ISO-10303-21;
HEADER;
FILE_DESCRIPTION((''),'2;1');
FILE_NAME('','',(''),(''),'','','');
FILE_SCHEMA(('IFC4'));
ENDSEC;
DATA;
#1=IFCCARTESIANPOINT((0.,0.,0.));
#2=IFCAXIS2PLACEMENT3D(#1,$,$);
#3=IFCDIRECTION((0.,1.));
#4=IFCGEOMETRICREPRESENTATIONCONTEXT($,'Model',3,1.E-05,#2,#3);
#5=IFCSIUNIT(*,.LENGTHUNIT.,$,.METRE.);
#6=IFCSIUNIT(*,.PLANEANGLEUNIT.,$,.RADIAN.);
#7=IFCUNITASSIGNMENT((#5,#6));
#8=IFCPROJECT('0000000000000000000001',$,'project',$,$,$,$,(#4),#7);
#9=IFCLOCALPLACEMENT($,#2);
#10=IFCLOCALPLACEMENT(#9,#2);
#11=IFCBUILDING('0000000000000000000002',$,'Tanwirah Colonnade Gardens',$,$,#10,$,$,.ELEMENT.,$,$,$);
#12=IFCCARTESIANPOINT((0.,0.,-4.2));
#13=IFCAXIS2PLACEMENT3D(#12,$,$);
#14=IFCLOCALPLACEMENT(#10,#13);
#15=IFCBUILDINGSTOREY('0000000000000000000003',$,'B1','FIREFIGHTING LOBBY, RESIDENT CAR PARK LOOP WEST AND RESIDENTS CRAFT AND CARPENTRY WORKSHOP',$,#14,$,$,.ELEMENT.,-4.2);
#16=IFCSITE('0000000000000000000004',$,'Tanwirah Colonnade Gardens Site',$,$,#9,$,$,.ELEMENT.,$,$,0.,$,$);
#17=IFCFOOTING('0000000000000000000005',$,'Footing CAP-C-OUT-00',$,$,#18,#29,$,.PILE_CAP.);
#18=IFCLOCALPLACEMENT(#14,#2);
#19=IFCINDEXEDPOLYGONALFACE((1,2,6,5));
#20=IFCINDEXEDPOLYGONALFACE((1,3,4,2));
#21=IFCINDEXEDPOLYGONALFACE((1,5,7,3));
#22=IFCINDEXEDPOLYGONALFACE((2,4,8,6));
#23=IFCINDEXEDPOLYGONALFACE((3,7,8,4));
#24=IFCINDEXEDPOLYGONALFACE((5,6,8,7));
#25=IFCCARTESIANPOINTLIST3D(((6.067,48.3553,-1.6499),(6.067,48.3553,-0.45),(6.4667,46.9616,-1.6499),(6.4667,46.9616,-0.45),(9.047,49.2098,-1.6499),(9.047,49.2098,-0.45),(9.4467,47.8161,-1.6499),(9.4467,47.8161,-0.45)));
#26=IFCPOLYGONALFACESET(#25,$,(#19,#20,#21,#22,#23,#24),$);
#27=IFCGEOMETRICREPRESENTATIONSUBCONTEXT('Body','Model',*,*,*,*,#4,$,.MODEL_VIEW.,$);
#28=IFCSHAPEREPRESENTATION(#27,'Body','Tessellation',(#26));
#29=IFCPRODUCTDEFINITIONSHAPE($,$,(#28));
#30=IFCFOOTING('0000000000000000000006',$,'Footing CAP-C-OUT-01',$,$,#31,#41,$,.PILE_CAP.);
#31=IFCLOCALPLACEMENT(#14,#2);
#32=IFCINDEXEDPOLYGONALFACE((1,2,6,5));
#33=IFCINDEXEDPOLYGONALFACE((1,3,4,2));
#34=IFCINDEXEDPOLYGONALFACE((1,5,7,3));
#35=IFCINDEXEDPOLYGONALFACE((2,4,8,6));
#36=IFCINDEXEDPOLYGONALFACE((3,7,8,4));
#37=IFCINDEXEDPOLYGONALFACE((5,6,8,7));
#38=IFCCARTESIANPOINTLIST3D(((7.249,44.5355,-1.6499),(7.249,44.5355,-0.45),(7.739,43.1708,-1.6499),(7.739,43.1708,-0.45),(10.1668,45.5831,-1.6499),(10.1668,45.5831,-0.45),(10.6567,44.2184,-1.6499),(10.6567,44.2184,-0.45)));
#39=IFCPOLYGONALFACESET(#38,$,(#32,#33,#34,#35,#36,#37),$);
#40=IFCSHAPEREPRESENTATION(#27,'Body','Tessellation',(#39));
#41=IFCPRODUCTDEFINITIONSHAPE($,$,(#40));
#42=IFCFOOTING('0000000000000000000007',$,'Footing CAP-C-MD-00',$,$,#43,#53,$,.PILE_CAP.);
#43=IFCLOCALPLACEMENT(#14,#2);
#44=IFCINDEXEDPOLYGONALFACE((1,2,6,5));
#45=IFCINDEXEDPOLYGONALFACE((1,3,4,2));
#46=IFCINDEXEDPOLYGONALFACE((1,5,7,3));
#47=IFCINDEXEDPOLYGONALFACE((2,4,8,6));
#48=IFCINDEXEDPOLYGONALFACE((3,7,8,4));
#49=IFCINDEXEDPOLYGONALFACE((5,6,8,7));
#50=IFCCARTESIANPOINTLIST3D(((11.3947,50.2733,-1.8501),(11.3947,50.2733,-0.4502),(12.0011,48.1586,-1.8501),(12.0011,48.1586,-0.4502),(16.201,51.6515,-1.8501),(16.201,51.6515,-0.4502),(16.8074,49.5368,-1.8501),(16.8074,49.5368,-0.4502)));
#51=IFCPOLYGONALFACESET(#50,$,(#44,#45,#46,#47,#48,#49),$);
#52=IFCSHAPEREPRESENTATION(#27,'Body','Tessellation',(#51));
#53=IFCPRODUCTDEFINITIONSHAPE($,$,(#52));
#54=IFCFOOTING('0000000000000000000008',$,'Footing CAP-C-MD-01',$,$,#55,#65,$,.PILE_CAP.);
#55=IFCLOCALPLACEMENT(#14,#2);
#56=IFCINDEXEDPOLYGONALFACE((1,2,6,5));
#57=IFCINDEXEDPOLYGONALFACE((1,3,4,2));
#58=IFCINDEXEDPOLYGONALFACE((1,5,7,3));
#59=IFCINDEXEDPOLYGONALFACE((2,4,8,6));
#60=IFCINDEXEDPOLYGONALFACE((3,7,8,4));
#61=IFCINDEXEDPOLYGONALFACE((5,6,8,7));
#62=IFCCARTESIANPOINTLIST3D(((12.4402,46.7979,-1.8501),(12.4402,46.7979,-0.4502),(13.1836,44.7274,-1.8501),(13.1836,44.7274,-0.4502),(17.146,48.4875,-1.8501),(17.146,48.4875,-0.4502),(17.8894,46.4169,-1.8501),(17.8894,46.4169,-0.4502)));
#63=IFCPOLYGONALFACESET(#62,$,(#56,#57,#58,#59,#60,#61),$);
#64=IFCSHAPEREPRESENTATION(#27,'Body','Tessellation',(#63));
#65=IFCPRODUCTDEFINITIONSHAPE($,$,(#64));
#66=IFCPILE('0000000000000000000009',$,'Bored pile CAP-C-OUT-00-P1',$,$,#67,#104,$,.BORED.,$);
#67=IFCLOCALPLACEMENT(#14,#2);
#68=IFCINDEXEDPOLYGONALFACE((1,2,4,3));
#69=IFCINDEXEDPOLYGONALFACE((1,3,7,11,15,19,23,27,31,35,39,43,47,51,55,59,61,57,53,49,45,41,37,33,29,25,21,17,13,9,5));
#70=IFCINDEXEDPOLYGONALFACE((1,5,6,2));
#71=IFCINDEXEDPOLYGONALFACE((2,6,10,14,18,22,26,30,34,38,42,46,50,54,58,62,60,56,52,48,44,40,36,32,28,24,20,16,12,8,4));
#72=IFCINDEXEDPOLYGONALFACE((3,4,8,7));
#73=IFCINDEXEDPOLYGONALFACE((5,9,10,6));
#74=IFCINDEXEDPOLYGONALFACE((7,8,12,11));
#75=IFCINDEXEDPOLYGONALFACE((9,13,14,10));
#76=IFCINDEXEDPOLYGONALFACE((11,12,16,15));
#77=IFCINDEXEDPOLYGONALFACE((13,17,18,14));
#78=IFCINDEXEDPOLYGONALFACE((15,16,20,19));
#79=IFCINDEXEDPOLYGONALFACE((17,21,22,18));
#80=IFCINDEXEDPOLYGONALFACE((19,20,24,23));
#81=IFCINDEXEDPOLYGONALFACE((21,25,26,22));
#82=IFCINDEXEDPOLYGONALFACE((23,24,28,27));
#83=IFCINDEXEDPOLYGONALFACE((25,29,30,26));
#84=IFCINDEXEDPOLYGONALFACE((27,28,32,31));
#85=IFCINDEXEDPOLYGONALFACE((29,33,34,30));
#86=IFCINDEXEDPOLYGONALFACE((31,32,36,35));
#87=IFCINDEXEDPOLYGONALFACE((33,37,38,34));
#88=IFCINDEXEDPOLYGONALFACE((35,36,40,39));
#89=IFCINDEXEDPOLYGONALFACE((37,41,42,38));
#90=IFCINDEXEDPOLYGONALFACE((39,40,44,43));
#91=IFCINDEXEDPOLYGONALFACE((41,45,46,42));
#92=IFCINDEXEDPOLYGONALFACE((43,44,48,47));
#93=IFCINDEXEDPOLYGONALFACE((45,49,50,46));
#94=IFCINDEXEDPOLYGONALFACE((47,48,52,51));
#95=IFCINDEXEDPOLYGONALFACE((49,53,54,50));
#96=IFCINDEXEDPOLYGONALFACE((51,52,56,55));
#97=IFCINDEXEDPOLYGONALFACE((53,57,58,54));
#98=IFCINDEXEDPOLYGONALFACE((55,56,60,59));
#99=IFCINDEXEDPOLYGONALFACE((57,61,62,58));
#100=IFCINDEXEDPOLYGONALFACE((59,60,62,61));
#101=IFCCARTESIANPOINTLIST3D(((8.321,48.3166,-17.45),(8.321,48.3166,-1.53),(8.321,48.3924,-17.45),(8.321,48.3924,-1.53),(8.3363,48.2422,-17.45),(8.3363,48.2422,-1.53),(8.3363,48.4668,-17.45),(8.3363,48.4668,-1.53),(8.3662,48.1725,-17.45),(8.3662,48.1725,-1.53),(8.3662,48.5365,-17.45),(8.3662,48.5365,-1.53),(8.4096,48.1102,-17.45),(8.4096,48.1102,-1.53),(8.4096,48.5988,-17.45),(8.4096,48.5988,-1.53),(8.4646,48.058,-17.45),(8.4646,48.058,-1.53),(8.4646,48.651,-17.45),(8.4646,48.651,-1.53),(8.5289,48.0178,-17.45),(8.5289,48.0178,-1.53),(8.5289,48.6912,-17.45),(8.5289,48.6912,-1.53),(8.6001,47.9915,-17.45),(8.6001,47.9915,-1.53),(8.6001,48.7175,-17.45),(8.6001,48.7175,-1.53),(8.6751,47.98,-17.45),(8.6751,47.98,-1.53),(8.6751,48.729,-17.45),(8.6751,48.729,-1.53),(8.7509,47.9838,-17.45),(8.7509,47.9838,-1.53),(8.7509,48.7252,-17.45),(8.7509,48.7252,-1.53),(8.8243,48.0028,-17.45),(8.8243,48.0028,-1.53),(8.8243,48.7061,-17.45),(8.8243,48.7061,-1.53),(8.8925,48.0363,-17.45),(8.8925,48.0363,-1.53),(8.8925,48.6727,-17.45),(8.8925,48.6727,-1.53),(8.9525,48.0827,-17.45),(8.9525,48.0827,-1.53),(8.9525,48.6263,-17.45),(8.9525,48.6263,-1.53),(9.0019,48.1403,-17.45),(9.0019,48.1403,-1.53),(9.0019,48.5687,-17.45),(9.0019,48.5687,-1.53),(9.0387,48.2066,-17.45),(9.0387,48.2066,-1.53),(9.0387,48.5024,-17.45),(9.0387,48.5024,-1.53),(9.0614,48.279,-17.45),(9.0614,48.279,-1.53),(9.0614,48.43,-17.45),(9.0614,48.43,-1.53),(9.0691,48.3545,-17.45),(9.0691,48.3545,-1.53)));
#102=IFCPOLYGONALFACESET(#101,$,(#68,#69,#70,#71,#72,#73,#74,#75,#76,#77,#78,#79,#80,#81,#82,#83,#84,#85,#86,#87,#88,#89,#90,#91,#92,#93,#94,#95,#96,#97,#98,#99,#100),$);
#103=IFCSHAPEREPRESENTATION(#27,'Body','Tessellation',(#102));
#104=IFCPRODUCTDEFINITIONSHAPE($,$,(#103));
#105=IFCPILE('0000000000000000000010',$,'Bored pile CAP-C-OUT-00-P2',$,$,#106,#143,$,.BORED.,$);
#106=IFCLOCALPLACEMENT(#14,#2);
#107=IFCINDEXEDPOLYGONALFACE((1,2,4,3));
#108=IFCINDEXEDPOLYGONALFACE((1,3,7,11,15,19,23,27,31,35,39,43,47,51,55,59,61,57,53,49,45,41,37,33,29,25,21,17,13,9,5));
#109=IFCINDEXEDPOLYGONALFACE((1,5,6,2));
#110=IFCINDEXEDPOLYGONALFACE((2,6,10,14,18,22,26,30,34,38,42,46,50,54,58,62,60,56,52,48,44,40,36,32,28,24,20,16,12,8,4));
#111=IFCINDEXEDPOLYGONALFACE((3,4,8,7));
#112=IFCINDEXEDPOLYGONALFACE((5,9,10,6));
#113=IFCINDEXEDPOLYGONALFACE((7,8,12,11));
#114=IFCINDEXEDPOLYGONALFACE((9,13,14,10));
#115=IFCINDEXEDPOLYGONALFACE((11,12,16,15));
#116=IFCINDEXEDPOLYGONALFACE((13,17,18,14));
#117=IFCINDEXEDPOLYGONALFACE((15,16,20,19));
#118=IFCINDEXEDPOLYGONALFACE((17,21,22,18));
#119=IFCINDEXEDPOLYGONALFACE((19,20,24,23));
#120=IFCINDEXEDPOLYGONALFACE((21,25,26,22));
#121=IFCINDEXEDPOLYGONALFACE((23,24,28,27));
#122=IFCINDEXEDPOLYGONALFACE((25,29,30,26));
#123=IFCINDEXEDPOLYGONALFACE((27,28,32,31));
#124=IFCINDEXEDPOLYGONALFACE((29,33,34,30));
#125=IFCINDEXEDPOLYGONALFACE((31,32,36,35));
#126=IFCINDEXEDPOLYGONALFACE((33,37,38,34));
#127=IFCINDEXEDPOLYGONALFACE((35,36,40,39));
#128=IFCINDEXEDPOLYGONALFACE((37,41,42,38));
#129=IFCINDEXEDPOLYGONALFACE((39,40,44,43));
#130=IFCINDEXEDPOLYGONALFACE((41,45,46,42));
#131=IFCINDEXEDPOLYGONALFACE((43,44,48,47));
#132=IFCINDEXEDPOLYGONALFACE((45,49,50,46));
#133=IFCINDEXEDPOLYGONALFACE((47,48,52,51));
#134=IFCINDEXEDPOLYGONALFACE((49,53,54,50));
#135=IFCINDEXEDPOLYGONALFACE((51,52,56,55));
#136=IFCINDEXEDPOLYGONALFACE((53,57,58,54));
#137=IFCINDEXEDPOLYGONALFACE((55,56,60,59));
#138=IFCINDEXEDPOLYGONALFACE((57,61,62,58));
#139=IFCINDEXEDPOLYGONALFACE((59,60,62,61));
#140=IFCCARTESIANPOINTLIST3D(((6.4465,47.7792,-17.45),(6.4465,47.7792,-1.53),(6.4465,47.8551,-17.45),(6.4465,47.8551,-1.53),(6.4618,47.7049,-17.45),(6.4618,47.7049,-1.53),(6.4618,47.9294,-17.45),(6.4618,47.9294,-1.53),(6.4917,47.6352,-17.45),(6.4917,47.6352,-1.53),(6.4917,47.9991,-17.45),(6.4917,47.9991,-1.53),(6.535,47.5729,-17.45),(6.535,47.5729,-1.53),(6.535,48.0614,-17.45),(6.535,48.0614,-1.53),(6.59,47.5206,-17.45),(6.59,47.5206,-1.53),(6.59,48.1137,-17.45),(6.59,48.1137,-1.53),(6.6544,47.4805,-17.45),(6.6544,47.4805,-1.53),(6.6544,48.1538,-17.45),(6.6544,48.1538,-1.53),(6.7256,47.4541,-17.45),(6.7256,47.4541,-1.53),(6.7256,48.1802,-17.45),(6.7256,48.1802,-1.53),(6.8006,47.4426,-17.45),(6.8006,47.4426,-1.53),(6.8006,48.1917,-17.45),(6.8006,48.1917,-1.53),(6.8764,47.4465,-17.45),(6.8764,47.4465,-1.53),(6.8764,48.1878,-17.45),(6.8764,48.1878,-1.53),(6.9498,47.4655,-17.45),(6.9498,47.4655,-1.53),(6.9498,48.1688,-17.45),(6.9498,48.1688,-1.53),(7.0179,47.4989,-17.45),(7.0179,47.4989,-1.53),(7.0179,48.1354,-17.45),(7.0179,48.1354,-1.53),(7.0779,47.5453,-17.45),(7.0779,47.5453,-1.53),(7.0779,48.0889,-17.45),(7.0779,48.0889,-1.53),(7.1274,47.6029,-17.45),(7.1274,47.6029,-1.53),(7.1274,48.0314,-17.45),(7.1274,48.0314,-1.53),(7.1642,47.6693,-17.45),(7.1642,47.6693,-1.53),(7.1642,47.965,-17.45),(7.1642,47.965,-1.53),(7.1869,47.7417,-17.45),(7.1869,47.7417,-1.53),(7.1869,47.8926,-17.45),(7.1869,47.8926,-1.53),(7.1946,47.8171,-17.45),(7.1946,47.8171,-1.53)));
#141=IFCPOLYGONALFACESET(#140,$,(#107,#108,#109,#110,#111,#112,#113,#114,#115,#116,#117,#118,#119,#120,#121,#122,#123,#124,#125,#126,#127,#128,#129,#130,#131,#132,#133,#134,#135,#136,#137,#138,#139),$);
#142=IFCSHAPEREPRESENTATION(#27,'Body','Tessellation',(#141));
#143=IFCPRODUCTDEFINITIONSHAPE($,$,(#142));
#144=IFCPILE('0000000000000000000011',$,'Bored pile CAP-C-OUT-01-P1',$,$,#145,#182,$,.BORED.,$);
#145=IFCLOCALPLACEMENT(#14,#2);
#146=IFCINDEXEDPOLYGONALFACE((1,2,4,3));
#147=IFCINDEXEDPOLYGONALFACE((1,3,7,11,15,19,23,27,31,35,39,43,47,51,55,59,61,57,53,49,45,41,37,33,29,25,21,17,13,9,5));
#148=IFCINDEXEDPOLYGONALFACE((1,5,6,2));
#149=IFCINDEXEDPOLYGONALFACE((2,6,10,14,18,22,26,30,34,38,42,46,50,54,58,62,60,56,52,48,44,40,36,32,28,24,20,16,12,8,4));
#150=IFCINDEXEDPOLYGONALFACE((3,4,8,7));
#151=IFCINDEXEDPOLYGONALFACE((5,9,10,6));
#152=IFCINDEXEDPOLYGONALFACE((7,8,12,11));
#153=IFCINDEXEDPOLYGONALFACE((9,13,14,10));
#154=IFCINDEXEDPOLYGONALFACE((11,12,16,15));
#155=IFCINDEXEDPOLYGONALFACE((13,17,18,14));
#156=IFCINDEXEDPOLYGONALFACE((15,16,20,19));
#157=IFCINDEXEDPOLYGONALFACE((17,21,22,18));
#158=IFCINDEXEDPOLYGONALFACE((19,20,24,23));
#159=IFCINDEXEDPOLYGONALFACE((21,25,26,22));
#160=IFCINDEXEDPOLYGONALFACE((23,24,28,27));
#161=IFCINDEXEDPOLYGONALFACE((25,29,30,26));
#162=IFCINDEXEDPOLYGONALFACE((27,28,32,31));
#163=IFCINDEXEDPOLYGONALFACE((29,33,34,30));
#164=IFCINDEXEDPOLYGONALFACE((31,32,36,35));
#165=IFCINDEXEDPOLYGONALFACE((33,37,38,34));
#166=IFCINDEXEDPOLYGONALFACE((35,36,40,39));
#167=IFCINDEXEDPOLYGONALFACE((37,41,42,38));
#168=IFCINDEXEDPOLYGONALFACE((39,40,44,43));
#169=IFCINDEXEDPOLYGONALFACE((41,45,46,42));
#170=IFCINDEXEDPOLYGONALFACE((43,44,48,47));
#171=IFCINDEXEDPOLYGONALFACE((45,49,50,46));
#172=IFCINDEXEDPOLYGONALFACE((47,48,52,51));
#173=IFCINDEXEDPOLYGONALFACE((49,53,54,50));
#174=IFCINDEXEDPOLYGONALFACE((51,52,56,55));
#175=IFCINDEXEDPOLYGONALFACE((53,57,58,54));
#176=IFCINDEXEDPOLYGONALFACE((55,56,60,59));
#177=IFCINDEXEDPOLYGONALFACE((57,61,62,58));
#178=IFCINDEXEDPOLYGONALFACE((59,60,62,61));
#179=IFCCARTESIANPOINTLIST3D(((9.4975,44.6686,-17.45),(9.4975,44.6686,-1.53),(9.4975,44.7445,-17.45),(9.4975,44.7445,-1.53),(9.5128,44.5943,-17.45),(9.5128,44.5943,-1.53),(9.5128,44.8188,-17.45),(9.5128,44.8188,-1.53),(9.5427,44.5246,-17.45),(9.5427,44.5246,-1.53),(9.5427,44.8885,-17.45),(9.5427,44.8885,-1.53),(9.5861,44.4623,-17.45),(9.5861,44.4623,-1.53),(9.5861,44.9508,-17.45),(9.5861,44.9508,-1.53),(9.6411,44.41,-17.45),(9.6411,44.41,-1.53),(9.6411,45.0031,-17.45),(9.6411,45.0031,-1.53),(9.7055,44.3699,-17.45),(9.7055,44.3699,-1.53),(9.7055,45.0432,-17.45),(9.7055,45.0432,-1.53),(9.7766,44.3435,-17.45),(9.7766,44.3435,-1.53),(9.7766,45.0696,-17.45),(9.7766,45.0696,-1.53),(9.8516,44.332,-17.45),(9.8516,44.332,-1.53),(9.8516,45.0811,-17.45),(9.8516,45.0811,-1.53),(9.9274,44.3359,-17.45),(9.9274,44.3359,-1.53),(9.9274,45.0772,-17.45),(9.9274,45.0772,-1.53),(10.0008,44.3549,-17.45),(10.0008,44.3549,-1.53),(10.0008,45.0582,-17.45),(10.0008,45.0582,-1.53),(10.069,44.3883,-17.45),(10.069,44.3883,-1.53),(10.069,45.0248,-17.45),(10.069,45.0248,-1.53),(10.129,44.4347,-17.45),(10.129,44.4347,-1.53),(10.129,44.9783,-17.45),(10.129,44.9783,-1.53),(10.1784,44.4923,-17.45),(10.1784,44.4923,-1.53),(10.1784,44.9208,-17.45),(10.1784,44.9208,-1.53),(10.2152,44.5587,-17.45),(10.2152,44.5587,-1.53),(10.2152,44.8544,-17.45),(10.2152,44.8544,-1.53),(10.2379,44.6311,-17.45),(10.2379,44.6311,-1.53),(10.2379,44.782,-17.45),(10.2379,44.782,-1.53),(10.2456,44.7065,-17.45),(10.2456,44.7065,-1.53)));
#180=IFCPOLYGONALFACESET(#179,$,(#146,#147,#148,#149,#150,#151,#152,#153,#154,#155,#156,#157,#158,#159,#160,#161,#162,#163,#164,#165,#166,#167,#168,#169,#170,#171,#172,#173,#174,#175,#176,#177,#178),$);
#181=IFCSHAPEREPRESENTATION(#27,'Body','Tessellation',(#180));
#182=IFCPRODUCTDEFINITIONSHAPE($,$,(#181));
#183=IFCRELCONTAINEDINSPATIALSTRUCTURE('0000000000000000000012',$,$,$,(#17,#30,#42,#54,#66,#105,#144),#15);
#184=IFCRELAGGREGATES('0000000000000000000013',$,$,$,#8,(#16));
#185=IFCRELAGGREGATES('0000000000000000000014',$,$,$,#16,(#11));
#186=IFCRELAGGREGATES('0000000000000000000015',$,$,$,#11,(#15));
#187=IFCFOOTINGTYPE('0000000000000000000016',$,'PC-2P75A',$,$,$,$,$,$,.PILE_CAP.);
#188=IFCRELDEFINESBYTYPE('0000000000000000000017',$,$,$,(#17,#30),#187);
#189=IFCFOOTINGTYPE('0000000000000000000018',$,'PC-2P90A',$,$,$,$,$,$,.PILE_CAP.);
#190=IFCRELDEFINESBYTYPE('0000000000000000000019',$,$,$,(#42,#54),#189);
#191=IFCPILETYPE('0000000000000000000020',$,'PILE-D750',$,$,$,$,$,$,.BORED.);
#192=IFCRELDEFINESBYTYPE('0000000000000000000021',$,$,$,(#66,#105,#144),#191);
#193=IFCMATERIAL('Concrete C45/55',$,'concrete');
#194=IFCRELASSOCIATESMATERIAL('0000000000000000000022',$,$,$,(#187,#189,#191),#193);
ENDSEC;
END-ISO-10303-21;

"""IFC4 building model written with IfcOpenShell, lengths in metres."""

from ifc_helpers import new_model, si_unit, direction, frame, origin, origin_2d, place, context, subcontext, project, spatial, rectangle, circle, extrude, material, material_profile, profile_set, type_object, element, save


model = new_model("IFC4")

# Units and contexts
model_context = context("Model", 3, precision=1e-05, world=origin(), true_north=direction((0.0, 1.0)))
body_context = subcontext(model_context, "Body", "Model", "MODEL_VIEW")
ifc_project = project(units=[si_unit("LENGTHUNIT", "METRE"), si_unit("PLANEANGLEUNIT", "RADIAN")], contexts=[model_context])

# Site, building, storey
site_placement = place(None, origin())
site = spatial("IfcSite", under=ifc_project, at=site_placement, Name="Tanwirah Colonnade Gardens Site", CompositionType="ELEMENT", RefElevation=0.0)
building_placement = place(site_placement, origin())
building = spatial("IfcBuilding", under=site, at=building_placement, Name="Tanwirah Colonnade Gardens", CompositionType="ELEMENT")
storey_placement = place(building_placement, frame((0.0, 0.0, -4.2)))
storey = spatial("IfcBuildingStorey", under=building, at=storey_placement, Name="B1", Description="FIREFIGHTING LOBBY, RESIDENT CAR PARK LOOP WEST AND RESIDENTS CRAFT AND CARPENTRY WORKSHOP", CompositionType="ELEMENT", Elevation=-4.2)

# Footings
ifc_material_1 = material(Name="Concrete C45/55", Category="concrete")
footing_type_1 = type_object("IfcFootingType", Name="PC-2P75A", PredefinedType="PILE_CAP", material=ifc_material_1)
for number, where, z_axis, x_axis, name in (
    (1, (7.7568, 48.0857, -1.6499), (0.0, 0.0, 1.0), (-0.961262, -0.275637, 0.0), "Footing CAP-C-OUT-00"),
    (2, (8.9529, 44.377, -1.6499), (0.0, 0.0, 1.0), (-0.941176, -0.337917, 0.0), "Footing CAP-C-OUT-01"),
):
    element("IfcFooting", number, at=place(storey_placement, frame(where, z_axis=z_axis, x_axis=x_axis)), inside=storey, type_object=footing_type_1, Name=name, PredefinedType="PILE_CAP", context=body_context, shape_type="SweptSolid", body=[
        extrude(rectangle(XDim=3.1001, YDim=1.45, at=origin_2d()), origin(), (0.0, 0.0, 1.0), 1.2),
    ])
footing_type_2 = type_object("IfcFootingType", Name="PC-2P90A", PredefinedType="PILE_CAP", material=ifc_material_1)
for number, where, z_axis, x_axis, name in (
    (3, (14.1011, 49.905, -1.8501), (0.0, 0.0, 1.0), (-0.961262, -0.275637, 0.0), "Footing CAP-C-MD-00"),
    (4, (15.1648, 46.6074, -1.8501), (0.0, 0.0, 1.0), (-0.941176, -0.337917, 0.0), "Footing CAP-C-MD-01"),
):
    element("IfcFooting", number, at=place(storey_placement, frame(where, z_axis=z_axis, x_axis=x_axis)), inside=storey, type_object=footing_type_2, Name=name, PredefinedType="PILE_CAP", context=body_context, shape_type="SweptSolid", body=[
        extrude(rectangle(XDim=5.0, YDim=2.2, at=origin_2d()), origin(), (0.0, 0.0, 1.0), 1.3999),
    ])

# Piles
ifc_material_profile_1 = material_profile(ifc_material_1, circle(Radius=0.375, at=origin_2d()), Name="PILE D750")
ifc_profile_set_1 = profile_set([ifc_material_profile_1], Name="Concrete C45/55")
pile_type_1 = type_object("IfcPileType", Name="PILE-D750", PredefinedType="BORED", material=ifc_profile_set_1)
for number, where, z_axis, x_axis, name in (
    (5, (8.6941, 48.3545, -1.53), (0.0, 0.0, -1.0), (1.0, 0.0, 0.0), "Bored pile CAP-C-OUT-00-P1"),
    (6, (6.8196, 47.8171, -1.53), (0.0, 0.0, -1.0), (1.0, 0.0, 0.0), "Bored pile CAP-C-OUT-00-P2"),
    (7, (9.8706, 44.7065, -1.53), (0.0, 0.0, -1.0), (1.0, 0.0, 0.0), "Bored pile CAP-C-OUT-01-P1"),
):
    element("IfcPile", number, at=place(storey_placement, frame(where, z_axis=z_axis, x_axis=x_axis)), inside=storey, type_object=pile_type_1, Name=name, PredefinedType="BORED", context=body_context, shape_type="SweptSolid", body=[
        extrude(circle(Radius=0.375, at=origin_2d()), origin(), (0.0, 0.0, 1.0), 15.9199),
    ])

save(model, "model.ifc")
